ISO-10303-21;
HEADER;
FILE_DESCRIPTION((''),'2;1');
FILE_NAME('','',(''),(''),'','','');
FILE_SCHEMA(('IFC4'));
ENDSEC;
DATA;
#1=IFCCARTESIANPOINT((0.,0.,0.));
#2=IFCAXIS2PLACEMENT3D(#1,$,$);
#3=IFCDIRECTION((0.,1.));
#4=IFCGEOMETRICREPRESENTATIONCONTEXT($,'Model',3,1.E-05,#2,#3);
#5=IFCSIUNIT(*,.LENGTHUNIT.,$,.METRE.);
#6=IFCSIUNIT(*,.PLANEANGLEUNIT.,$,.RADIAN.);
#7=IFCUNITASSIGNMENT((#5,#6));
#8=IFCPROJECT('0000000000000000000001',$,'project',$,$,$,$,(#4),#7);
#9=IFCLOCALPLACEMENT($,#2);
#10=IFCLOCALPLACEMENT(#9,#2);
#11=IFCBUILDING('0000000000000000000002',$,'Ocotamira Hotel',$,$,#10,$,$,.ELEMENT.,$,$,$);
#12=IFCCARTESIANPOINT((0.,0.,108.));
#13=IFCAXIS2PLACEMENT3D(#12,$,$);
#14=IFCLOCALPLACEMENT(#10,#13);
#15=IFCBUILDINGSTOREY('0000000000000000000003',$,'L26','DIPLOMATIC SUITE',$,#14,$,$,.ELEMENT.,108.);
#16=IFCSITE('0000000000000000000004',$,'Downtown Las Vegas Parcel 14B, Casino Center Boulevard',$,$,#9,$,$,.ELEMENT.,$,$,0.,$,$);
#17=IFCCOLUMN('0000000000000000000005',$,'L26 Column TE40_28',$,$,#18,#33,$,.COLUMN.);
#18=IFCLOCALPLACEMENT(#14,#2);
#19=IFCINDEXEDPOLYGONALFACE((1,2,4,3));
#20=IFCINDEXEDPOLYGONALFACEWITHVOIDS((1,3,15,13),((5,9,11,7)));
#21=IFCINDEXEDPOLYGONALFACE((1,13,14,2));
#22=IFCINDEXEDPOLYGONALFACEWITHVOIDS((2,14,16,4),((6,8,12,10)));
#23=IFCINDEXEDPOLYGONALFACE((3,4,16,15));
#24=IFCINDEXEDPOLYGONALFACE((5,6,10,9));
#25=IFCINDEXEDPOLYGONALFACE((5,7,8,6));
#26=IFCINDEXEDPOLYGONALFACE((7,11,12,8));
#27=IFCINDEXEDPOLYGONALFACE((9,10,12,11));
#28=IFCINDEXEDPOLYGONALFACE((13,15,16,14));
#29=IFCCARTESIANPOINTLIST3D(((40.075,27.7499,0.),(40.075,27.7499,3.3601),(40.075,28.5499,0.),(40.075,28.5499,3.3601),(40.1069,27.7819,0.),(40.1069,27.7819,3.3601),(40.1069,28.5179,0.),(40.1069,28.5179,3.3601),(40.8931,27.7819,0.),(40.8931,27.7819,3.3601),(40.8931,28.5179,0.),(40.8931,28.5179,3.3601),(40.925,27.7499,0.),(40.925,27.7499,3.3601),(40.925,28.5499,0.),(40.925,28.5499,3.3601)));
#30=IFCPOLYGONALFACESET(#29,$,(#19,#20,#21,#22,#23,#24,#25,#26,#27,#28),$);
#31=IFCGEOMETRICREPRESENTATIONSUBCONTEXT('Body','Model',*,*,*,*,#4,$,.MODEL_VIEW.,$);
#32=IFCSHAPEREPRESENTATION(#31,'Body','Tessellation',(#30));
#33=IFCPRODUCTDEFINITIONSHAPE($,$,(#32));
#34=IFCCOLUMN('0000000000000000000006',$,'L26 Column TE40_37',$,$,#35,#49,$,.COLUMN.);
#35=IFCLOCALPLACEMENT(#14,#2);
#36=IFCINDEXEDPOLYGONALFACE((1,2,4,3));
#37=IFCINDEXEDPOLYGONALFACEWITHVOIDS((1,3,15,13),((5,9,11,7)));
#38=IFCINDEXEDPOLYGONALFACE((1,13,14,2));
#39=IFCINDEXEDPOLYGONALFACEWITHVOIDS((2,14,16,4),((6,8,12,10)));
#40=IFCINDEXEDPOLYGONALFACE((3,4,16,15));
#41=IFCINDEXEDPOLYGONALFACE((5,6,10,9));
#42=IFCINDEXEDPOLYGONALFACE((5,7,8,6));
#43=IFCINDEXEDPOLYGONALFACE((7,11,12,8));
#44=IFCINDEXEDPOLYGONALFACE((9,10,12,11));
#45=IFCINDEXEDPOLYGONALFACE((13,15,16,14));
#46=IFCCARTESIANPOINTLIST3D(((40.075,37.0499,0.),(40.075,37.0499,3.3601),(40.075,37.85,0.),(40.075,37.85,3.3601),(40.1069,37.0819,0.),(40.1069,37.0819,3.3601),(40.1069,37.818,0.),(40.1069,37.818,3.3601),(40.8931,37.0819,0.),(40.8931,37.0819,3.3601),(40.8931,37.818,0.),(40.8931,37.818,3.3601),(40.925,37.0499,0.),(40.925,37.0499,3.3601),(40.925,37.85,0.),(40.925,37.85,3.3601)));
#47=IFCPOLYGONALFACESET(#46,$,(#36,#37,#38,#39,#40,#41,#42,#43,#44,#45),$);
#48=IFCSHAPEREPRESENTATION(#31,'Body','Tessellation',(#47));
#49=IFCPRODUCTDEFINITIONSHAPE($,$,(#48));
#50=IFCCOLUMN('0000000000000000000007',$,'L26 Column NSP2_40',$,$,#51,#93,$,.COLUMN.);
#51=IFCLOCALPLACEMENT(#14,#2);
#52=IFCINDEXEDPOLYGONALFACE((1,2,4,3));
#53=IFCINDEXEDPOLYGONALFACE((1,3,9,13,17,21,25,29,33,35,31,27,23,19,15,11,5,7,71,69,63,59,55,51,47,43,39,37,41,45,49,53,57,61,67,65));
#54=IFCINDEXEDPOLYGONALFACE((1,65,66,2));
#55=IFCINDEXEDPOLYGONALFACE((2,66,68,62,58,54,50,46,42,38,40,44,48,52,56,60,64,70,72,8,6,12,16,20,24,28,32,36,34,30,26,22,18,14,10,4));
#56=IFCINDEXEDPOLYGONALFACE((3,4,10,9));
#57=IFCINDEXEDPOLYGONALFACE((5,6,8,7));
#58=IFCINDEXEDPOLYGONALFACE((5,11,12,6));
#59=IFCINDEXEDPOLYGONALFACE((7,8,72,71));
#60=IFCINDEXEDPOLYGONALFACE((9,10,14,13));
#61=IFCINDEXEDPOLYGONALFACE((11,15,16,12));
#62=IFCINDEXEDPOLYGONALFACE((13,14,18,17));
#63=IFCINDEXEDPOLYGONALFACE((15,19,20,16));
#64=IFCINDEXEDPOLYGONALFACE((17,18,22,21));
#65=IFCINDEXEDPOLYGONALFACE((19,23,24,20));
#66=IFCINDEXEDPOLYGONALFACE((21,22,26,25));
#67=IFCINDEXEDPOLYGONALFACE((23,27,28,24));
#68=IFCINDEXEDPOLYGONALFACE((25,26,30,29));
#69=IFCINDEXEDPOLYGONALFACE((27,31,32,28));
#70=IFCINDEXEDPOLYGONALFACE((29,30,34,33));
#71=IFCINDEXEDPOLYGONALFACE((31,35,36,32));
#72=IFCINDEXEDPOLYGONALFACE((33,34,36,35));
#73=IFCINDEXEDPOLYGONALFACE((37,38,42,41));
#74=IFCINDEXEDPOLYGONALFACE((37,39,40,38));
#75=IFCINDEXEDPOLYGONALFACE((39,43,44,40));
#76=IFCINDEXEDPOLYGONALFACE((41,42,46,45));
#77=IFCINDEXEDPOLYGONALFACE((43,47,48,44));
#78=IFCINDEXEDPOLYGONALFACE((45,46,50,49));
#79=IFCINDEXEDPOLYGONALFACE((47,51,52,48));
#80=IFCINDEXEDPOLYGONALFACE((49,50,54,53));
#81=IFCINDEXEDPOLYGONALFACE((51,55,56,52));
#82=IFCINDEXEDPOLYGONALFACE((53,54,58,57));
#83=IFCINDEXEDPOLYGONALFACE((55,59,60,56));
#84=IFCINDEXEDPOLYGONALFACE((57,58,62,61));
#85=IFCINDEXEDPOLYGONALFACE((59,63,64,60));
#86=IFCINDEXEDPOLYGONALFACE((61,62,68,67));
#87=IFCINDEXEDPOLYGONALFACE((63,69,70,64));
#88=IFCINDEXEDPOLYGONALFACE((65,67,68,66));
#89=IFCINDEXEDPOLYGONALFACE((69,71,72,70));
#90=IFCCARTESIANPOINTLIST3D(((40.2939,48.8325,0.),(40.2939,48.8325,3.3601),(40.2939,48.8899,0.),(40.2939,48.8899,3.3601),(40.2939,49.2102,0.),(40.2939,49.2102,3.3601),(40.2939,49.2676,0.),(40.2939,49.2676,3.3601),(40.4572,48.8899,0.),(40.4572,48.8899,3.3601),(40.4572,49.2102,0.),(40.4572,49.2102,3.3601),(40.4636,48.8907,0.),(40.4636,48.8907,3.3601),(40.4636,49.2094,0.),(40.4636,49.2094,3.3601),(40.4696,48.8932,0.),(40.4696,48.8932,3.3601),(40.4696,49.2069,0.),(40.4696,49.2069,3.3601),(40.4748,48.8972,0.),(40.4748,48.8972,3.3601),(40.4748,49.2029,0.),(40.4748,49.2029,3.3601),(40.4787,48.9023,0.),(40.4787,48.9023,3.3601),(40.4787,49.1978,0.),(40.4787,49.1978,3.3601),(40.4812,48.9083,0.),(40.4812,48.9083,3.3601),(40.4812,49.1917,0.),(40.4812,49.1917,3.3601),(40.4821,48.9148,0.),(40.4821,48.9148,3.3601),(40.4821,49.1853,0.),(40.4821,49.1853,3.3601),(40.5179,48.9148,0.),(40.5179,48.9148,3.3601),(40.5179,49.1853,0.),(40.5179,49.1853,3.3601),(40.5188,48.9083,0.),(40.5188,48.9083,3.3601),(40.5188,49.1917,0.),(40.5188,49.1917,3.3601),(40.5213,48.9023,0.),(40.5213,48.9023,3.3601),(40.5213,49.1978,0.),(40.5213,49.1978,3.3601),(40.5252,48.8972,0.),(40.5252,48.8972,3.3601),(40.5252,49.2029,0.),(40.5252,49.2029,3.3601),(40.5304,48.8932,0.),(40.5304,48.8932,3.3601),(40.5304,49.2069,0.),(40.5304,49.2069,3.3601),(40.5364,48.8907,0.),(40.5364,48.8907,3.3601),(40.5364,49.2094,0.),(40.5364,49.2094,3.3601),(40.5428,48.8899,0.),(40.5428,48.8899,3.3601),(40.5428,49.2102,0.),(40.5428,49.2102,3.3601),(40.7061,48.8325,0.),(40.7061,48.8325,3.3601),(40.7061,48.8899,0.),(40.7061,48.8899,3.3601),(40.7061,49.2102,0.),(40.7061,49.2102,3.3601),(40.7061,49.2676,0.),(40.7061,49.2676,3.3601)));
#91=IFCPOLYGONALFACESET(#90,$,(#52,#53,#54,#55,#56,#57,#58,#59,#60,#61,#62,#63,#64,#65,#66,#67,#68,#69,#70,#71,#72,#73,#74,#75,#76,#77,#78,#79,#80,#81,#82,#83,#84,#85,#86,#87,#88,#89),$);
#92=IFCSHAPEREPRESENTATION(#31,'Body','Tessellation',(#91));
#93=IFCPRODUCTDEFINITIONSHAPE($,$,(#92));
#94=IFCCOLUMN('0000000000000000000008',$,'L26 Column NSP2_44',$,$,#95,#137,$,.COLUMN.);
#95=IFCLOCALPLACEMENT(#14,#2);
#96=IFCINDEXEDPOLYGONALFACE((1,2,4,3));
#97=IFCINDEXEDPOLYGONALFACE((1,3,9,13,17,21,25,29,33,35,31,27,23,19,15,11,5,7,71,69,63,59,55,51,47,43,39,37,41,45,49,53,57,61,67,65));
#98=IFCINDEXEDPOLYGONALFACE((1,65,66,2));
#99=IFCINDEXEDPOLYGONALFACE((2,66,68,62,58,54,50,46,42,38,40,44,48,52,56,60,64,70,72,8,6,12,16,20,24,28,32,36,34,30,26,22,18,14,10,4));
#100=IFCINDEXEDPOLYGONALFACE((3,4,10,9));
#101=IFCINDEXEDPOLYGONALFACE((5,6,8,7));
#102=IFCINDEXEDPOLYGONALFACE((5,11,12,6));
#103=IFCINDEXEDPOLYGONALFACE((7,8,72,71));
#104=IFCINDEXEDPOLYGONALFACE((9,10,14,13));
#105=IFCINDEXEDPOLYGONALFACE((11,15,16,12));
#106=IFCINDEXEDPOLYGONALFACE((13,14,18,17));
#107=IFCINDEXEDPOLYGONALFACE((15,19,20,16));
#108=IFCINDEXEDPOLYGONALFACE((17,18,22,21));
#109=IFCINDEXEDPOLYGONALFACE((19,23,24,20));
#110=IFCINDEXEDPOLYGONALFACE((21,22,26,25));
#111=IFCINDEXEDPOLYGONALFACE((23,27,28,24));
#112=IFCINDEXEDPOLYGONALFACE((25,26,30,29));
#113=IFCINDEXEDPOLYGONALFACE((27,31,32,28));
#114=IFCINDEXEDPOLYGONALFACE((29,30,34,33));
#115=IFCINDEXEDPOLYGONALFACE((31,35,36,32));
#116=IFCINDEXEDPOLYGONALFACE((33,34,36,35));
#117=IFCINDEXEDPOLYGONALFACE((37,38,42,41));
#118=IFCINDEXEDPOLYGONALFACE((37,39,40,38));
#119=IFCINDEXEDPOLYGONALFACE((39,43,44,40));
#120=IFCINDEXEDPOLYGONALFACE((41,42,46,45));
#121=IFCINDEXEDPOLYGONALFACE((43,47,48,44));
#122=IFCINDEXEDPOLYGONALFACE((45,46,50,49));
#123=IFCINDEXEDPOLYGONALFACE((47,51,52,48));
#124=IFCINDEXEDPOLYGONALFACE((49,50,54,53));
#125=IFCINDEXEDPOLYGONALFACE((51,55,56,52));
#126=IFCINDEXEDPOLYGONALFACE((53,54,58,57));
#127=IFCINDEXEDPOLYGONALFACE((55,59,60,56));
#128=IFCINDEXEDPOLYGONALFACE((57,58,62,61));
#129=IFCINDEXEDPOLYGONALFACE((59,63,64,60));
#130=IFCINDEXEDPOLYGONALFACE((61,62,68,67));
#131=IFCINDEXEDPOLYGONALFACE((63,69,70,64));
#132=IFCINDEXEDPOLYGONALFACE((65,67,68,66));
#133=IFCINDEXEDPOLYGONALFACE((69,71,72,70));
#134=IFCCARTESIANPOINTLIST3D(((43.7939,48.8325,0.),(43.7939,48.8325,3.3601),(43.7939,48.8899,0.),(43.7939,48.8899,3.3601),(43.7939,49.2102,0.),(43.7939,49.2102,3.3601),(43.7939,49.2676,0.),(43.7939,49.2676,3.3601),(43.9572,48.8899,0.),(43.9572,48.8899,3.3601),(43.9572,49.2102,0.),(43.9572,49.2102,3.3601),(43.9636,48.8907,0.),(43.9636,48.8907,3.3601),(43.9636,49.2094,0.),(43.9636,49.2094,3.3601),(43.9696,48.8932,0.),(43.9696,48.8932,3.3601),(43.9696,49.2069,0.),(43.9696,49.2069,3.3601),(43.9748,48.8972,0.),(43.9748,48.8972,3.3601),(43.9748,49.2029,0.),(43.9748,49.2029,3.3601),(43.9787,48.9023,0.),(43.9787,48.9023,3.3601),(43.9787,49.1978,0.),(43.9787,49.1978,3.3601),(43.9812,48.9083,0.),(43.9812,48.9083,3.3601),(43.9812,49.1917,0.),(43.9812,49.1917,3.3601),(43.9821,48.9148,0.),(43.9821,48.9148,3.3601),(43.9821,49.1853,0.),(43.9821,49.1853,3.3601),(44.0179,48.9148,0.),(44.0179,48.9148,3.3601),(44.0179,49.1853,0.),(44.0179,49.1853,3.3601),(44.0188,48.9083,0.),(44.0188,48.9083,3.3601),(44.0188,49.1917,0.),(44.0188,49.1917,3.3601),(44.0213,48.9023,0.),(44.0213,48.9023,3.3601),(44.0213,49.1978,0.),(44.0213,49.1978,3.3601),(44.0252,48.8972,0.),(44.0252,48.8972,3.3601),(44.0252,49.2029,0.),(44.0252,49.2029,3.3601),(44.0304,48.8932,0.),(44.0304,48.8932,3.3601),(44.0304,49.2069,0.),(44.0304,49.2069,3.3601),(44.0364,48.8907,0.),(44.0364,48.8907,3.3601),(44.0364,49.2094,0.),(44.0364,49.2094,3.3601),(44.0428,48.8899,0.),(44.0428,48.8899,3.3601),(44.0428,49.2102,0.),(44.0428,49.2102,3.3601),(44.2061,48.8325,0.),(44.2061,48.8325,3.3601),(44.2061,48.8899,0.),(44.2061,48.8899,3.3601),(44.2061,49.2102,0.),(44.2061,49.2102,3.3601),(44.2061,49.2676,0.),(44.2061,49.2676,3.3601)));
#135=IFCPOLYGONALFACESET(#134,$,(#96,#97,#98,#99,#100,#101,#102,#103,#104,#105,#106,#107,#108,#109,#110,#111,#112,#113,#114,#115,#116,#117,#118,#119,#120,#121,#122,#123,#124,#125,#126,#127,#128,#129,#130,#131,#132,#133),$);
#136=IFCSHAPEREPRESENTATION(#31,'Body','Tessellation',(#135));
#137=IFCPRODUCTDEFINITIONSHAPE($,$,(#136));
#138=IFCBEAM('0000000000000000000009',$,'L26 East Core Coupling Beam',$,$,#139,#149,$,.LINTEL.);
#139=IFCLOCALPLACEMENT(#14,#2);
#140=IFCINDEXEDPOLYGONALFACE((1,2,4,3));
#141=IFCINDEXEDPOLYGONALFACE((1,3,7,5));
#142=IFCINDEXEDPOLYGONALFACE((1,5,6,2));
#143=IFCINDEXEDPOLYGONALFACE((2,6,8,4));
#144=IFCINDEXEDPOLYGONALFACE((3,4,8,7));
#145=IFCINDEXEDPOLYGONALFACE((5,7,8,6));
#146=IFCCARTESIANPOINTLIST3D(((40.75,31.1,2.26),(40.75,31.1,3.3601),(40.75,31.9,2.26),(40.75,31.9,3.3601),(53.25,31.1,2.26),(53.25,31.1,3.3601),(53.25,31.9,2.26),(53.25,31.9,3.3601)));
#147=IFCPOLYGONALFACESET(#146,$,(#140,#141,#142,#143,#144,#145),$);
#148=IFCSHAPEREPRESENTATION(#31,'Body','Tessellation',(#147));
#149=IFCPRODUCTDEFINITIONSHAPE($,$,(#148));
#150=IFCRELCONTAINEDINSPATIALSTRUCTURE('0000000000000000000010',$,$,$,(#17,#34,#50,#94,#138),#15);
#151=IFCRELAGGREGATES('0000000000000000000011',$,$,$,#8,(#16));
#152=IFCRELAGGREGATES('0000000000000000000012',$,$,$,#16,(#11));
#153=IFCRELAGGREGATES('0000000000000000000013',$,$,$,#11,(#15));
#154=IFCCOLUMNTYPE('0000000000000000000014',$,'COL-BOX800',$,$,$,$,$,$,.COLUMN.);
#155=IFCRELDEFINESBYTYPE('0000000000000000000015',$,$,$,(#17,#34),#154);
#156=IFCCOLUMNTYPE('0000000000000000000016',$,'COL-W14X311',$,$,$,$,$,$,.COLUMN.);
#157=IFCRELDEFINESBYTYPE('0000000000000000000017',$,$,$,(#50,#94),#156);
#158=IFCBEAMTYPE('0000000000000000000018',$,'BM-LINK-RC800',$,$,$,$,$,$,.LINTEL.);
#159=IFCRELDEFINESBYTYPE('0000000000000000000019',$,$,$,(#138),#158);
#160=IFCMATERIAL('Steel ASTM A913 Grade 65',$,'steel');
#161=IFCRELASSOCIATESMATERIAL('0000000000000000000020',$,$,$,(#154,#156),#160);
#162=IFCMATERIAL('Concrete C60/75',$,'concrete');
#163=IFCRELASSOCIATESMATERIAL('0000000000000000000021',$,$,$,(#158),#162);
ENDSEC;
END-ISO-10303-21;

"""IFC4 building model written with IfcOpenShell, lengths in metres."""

from ifc_helpers import new_model, si_unit, direction, frame, origin, origin_2d, place, context, subcontext, project, spatial, rectangle, hollow_rectangle, i_section, extrude, source, transform, mapped, material, material_profile, profile_set, type_object, element, save


model = new_model("IFC4")

# Units and contexts
model_context = context("Model", 3, precision=1e-05, world=origin(), true_north=direction((0.0, 1.0)))
body_context = subcontext(model_context, "Body", "Model", "MODEL_VIEW")
ifc_project = project(units=[si_unit("LENGTHUNIT", "METRE"), si_unit("PLANEANGLEUNIT", "RADIAN")], contexts=[model_context])

# Site, building, storey
site_placement = place(None, origin())
site = spatial("IfcSite", under=ifc_project, at=site_placement, Name="Downtown Las Vegas Parcel 14B, Casino Center Boulevard", CompositionType="ELEMENT", RefElevation=0.0)
building_placement = place(site_placement, origin())
building = spatial("IfcBuilding", under=site, at=building_placement, Name="Ocotamira Hotel", CompositionType="ELEMENT")
storey_placement = place(building_placement, frame((0.0, 0.0, 108.0)))
storey = spatial("IfcBuildingStorey", under=building, at=storey_placement, Name="L26", Description="DIPLOMATIC SUITE", CompositionType="ELEMENT", Elevation=108.0)

# Columns
ifc_material_1 = material(Name="Steel ASTM A913 Grade 65", Category="steel")
ifc_material_profile_1 = material_profile(ifc_material_1, hollow_rectangle(XDim=0.8501, YDim=0.8, WallThickness=0.032, at=origin_2d()), Name="BOX800X850X32")
ifc_profile_set_1 = profile_set([ifc_material_profile_1], Name="Steel ASTM A913 Grade 65")
column_type_1 = type_object("IfcColumnType", Name="COL-BOX800", PredefinedType="COLUMN", material=ifc_profile_set_1)
shared_shape_1 = source(origin(), body_context, "Body", "SweptSolid", [
    extrude(hollow_rectangle(XDim=0.8501, YDim=0.8, WallThickness=0.032, at=origin_2d()), origin(), (0.0, 0.0, 1.0), 3.3601),
])
for number, where, z_axis, x_axis, name in (
    (1, (40.5, 28.1499, 0.0), (0.0, 0.0, 1.0), (1.0, 0.0, 0.0), "L26 Column TE40_28"),
    (2, (40.5, 37.45, 0.0), (0.0, 0.0, 1.0), (1.0, 0.0, 0.0), "L26 Column TE40_37"),
):
    element("IfcColumn", number, at=place(storey_placement, frame(where, z_axis=z_axis, x_axis=x_axis)), inside=storey, type_object=column_type_1, Name=name, PredefinedType="COLUMN", context=body_context, shape_type="MappedRepresentation", body=[
        mapped(shared_shape_1, transform((0.0, 0.0, 0.0), scale=1.0)),
    ])
ifc_material_profile_2 = material_profile(ifc_material_1, i_section(OverallWidth=0.4121, OverallDepth=0.4351, WebThickness=0.0359, FlangeThickness=0.0574, FilletRadius=0.0249, at=origin_2d()), Name="W14X311")
ifc_profile_set_2 = profile_set([ifc_material_profile_2], Name="Steel ASTM A913 Grade 65")
column_type_2 = type_object("IfcColumnType", Name="COL-W14X311", PredefinedType="COLUMN", material=ifc_profile_set_2)
shared_shape_2 = source(origin(), body_context, "Body", "SweptSolid", [
    extrude(i_section(OverallWidth=0.4121, OverallDepth=0.4351, WebThickness=0.0359, FlangeThickness=0.0574, FilletRadius=0.0249, at=origin_2d()), origin(), (0.0, 0.0, 1.0), 3.3601),
])
for number, where, z_axis, x_axis, name in (
    (3, (40.5, 49.05, 0.0), (0.0, 0.0, 1.0), (1.0, 0.0, 0.0), "L26 Column NSP2_40"),
    (4, (44.0, 49.05, 0.0), (0.0, 0.0, 1.0), (1.0, 0.0, 0.0), "L26 Column NSP2_44"),
):
    element("IfcColumn", number, at=place(storey_placement, frame(where, z_axis=z_axis, x_axis=x_axis)), inside=storey, type_object=column_type_2, Name=name, PredefinedType="COLUMN", context=body_context, shape_type="MappedRepresentation", body=[
        mapped(shared_shape_2, transform((0.0, 0.0, 0.0), scale=1.0)),
    ])

# Beam
ifc_material_2 = material(Name="Concrete C60/75", Category="concrete")
ifc_material_profile_3 = material_profile(ifc_material_2, rectangle(XDim=0.8, YDim=1.1001, at=origin_2d()), Name="RC800X1100")
ifc_profile_set_3 = profile_set([ifc_material_profile_3], Name="Concrete C60/75")
beam_type_1 = type_object("IfcBeamType", Name="BM-LINK-RC800", PredefinedType="LINTEL", material=ifc_profile_set_3)
shared_shape_3 = source(origin(), body_context, "Body", "SweptSolid", [
    extrude(rectangle(XDim=0.8, YDim=1.1001, at=origin_2d()), origin(), (0.0, 0.0, 1.0), 12.5),
])
beam_1_placement = place(storey_placement, frame((40.75, 31.5, 2.8101), z_axis=(1.0, 0.0, 0.0), x_axis=(0.0, 1.0, 0.0)))
element("IfcBeam", 5, at=beam_1_placement, inside=storey, type_object=beam_type_1, Name="L26 East Core Coupling Beam", PredefinedType="LINTEL", context=body_context, shape_type="MappedRepresentation", body=[
    mapped(shared_shape_3, transform((0.0, 0.0, 0.0), scale=1.0)),
])

save(model, "model.ifc")
